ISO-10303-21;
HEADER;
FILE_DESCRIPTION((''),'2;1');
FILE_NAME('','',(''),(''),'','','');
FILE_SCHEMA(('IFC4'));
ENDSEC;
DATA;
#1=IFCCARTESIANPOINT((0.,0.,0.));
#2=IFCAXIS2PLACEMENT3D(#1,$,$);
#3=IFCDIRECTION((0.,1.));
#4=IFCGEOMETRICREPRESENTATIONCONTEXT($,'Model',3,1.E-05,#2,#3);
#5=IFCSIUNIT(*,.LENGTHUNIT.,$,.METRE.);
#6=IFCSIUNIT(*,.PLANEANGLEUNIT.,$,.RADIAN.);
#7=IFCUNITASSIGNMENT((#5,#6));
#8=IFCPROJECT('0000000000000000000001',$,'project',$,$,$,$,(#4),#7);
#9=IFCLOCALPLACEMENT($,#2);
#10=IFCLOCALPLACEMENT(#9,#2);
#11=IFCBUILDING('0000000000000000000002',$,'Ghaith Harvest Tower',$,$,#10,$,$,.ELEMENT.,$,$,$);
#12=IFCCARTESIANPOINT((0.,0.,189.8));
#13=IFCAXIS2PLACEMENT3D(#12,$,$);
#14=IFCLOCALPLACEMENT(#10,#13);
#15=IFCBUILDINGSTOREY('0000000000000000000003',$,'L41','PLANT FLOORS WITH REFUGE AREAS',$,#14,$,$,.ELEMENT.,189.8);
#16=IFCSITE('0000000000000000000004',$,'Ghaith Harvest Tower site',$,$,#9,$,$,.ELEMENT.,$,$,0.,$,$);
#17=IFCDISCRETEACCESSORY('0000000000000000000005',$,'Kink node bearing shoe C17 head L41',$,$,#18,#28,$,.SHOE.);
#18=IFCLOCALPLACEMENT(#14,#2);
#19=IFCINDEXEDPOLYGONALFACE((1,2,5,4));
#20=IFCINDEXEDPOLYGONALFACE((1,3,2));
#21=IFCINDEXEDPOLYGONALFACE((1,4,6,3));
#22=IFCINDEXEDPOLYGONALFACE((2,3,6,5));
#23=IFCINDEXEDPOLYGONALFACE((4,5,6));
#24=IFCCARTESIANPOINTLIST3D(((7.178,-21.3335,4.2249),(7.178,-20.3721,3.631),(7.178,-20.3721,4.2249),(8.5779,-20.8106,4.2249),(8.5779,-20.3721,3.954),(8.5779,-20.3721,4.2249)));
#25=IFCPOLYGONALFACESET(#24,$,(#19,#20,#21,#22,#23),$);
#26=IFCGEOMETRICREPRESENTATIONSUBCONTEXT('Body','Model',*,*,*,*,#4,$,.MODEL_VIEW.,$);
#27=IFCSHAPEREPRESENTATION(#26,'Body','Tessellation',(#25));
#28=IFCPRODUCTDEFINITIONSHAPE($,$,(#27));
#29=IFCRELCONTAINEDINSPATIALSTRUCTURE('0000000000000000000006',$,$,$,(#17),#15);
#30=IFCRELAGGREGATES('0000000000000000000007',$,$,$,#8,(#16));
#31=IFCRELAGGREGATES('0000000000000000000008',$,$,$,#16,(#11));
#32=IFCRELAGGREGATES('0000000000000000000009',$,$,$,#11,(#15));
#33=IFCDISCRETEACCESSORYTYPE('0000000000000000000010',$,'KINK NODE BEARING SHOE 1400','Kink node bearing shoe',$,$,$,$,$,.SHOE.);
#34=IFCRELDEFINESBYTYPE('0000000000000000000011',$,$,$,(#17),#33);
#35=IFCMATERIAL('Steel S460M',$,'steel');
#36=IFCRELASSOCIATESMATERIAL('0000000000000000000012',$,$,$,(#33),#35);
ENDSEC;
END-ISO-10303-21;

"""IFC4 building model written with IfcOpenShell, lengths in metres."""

from ifc_helpers import new_model, si_unit, direction, frame, origin, origin_2d, place, context, subcontext, project, spatial, rectangle, extrude, clip, halfspace, material, material_profile, profile_set, type_object, element, save


model = new_model("IFC4")

# Units and contexts
model_context = context("Model", 3, precision=1e-05, world=origin(), true_north=direction((0.0, 1.0)))
body_context = subcontext(model_context, "Body", "Model", "MODEL_VIEW")
ifc_project = project(units=[si_unit("LENGTHUNIT", "METRE"), si_unit("PLANEANGLEUNIT", "RADIAN")], contexts=[model_context])

# Site, building, storey
site_placement = place(None, origin())
site = spatial("IfcSite", under=ifc_project, at=site_placement, Name="Ghaith Harvest Tower site", CompositionType="ELEMENT", RefElevation=0.0)
building_placement = place(site_placement, origin())
building = spatial("IfcBuilding", under=site, at=building_placement, Name="Ghaith Harvest Tower", CompositionType="ELEMENT")
storey_placement = place(building_placement, frame((0.0, 0.0, 189.8)))
storey = spatial("IfcBuildingStorey", under=building, at=storey_placement, Name="L41", Description="PLANT FLOORS WITH REFUGE AREAS", CompositionType="ELEMENT", Elevation=189.8)

# Discrete accessory
ifc_material_1 = material(Name="Steel S460M", Category="steel")
ifc_material_profile_1 = material_profile(ifc_material_1, rectangle(XDim=1.3999, YDim=1.3999, at=origin_2d()), Name="KINK NODE BEARING SHOE 1400")
ifc_profile_set_1 = profile_set([ifc_material_profile_1], Name="Steel S460M")
discrete_accessory_type = type_object("IfcDiscreteAccessoryType", Name="KINK NODE BEARING SHOE 1400", Description="Kink node bearing shoe", PredefinedType="SHOE", material=ifc_profile_set_1)
discrete_accessory_1_placement = place(storey_placement, frame((7.8779, -21.072, 3.6211), z_axis=(0.0, 0.0, 1.0), x_axis=(1.0, 0.0, 0.0)))
element("IfcDiscreteAccessory", 1, at=discrete_accessory_1_placement, inside=storey, type_object=discrete_accessory_type, Name="Kink node bearing shoe C17 head L41", PredefinedType="SHOE", context=body_context, shape_type="Clipping", body=[
    clip(extrude(rectangle(XDim=1.3999, YDim=1.3999, at=origin_2d()), origin(), (0.0, 0.0, 1.0), 0.6038), halfspace(frame((0.0, 0.0, 0.6038), z_axis=(0.192621, -0.515673, -0.834853), x_axis=(1.0, 0.0, 0.0)), False)),
])

save(model, "model.ifc")
